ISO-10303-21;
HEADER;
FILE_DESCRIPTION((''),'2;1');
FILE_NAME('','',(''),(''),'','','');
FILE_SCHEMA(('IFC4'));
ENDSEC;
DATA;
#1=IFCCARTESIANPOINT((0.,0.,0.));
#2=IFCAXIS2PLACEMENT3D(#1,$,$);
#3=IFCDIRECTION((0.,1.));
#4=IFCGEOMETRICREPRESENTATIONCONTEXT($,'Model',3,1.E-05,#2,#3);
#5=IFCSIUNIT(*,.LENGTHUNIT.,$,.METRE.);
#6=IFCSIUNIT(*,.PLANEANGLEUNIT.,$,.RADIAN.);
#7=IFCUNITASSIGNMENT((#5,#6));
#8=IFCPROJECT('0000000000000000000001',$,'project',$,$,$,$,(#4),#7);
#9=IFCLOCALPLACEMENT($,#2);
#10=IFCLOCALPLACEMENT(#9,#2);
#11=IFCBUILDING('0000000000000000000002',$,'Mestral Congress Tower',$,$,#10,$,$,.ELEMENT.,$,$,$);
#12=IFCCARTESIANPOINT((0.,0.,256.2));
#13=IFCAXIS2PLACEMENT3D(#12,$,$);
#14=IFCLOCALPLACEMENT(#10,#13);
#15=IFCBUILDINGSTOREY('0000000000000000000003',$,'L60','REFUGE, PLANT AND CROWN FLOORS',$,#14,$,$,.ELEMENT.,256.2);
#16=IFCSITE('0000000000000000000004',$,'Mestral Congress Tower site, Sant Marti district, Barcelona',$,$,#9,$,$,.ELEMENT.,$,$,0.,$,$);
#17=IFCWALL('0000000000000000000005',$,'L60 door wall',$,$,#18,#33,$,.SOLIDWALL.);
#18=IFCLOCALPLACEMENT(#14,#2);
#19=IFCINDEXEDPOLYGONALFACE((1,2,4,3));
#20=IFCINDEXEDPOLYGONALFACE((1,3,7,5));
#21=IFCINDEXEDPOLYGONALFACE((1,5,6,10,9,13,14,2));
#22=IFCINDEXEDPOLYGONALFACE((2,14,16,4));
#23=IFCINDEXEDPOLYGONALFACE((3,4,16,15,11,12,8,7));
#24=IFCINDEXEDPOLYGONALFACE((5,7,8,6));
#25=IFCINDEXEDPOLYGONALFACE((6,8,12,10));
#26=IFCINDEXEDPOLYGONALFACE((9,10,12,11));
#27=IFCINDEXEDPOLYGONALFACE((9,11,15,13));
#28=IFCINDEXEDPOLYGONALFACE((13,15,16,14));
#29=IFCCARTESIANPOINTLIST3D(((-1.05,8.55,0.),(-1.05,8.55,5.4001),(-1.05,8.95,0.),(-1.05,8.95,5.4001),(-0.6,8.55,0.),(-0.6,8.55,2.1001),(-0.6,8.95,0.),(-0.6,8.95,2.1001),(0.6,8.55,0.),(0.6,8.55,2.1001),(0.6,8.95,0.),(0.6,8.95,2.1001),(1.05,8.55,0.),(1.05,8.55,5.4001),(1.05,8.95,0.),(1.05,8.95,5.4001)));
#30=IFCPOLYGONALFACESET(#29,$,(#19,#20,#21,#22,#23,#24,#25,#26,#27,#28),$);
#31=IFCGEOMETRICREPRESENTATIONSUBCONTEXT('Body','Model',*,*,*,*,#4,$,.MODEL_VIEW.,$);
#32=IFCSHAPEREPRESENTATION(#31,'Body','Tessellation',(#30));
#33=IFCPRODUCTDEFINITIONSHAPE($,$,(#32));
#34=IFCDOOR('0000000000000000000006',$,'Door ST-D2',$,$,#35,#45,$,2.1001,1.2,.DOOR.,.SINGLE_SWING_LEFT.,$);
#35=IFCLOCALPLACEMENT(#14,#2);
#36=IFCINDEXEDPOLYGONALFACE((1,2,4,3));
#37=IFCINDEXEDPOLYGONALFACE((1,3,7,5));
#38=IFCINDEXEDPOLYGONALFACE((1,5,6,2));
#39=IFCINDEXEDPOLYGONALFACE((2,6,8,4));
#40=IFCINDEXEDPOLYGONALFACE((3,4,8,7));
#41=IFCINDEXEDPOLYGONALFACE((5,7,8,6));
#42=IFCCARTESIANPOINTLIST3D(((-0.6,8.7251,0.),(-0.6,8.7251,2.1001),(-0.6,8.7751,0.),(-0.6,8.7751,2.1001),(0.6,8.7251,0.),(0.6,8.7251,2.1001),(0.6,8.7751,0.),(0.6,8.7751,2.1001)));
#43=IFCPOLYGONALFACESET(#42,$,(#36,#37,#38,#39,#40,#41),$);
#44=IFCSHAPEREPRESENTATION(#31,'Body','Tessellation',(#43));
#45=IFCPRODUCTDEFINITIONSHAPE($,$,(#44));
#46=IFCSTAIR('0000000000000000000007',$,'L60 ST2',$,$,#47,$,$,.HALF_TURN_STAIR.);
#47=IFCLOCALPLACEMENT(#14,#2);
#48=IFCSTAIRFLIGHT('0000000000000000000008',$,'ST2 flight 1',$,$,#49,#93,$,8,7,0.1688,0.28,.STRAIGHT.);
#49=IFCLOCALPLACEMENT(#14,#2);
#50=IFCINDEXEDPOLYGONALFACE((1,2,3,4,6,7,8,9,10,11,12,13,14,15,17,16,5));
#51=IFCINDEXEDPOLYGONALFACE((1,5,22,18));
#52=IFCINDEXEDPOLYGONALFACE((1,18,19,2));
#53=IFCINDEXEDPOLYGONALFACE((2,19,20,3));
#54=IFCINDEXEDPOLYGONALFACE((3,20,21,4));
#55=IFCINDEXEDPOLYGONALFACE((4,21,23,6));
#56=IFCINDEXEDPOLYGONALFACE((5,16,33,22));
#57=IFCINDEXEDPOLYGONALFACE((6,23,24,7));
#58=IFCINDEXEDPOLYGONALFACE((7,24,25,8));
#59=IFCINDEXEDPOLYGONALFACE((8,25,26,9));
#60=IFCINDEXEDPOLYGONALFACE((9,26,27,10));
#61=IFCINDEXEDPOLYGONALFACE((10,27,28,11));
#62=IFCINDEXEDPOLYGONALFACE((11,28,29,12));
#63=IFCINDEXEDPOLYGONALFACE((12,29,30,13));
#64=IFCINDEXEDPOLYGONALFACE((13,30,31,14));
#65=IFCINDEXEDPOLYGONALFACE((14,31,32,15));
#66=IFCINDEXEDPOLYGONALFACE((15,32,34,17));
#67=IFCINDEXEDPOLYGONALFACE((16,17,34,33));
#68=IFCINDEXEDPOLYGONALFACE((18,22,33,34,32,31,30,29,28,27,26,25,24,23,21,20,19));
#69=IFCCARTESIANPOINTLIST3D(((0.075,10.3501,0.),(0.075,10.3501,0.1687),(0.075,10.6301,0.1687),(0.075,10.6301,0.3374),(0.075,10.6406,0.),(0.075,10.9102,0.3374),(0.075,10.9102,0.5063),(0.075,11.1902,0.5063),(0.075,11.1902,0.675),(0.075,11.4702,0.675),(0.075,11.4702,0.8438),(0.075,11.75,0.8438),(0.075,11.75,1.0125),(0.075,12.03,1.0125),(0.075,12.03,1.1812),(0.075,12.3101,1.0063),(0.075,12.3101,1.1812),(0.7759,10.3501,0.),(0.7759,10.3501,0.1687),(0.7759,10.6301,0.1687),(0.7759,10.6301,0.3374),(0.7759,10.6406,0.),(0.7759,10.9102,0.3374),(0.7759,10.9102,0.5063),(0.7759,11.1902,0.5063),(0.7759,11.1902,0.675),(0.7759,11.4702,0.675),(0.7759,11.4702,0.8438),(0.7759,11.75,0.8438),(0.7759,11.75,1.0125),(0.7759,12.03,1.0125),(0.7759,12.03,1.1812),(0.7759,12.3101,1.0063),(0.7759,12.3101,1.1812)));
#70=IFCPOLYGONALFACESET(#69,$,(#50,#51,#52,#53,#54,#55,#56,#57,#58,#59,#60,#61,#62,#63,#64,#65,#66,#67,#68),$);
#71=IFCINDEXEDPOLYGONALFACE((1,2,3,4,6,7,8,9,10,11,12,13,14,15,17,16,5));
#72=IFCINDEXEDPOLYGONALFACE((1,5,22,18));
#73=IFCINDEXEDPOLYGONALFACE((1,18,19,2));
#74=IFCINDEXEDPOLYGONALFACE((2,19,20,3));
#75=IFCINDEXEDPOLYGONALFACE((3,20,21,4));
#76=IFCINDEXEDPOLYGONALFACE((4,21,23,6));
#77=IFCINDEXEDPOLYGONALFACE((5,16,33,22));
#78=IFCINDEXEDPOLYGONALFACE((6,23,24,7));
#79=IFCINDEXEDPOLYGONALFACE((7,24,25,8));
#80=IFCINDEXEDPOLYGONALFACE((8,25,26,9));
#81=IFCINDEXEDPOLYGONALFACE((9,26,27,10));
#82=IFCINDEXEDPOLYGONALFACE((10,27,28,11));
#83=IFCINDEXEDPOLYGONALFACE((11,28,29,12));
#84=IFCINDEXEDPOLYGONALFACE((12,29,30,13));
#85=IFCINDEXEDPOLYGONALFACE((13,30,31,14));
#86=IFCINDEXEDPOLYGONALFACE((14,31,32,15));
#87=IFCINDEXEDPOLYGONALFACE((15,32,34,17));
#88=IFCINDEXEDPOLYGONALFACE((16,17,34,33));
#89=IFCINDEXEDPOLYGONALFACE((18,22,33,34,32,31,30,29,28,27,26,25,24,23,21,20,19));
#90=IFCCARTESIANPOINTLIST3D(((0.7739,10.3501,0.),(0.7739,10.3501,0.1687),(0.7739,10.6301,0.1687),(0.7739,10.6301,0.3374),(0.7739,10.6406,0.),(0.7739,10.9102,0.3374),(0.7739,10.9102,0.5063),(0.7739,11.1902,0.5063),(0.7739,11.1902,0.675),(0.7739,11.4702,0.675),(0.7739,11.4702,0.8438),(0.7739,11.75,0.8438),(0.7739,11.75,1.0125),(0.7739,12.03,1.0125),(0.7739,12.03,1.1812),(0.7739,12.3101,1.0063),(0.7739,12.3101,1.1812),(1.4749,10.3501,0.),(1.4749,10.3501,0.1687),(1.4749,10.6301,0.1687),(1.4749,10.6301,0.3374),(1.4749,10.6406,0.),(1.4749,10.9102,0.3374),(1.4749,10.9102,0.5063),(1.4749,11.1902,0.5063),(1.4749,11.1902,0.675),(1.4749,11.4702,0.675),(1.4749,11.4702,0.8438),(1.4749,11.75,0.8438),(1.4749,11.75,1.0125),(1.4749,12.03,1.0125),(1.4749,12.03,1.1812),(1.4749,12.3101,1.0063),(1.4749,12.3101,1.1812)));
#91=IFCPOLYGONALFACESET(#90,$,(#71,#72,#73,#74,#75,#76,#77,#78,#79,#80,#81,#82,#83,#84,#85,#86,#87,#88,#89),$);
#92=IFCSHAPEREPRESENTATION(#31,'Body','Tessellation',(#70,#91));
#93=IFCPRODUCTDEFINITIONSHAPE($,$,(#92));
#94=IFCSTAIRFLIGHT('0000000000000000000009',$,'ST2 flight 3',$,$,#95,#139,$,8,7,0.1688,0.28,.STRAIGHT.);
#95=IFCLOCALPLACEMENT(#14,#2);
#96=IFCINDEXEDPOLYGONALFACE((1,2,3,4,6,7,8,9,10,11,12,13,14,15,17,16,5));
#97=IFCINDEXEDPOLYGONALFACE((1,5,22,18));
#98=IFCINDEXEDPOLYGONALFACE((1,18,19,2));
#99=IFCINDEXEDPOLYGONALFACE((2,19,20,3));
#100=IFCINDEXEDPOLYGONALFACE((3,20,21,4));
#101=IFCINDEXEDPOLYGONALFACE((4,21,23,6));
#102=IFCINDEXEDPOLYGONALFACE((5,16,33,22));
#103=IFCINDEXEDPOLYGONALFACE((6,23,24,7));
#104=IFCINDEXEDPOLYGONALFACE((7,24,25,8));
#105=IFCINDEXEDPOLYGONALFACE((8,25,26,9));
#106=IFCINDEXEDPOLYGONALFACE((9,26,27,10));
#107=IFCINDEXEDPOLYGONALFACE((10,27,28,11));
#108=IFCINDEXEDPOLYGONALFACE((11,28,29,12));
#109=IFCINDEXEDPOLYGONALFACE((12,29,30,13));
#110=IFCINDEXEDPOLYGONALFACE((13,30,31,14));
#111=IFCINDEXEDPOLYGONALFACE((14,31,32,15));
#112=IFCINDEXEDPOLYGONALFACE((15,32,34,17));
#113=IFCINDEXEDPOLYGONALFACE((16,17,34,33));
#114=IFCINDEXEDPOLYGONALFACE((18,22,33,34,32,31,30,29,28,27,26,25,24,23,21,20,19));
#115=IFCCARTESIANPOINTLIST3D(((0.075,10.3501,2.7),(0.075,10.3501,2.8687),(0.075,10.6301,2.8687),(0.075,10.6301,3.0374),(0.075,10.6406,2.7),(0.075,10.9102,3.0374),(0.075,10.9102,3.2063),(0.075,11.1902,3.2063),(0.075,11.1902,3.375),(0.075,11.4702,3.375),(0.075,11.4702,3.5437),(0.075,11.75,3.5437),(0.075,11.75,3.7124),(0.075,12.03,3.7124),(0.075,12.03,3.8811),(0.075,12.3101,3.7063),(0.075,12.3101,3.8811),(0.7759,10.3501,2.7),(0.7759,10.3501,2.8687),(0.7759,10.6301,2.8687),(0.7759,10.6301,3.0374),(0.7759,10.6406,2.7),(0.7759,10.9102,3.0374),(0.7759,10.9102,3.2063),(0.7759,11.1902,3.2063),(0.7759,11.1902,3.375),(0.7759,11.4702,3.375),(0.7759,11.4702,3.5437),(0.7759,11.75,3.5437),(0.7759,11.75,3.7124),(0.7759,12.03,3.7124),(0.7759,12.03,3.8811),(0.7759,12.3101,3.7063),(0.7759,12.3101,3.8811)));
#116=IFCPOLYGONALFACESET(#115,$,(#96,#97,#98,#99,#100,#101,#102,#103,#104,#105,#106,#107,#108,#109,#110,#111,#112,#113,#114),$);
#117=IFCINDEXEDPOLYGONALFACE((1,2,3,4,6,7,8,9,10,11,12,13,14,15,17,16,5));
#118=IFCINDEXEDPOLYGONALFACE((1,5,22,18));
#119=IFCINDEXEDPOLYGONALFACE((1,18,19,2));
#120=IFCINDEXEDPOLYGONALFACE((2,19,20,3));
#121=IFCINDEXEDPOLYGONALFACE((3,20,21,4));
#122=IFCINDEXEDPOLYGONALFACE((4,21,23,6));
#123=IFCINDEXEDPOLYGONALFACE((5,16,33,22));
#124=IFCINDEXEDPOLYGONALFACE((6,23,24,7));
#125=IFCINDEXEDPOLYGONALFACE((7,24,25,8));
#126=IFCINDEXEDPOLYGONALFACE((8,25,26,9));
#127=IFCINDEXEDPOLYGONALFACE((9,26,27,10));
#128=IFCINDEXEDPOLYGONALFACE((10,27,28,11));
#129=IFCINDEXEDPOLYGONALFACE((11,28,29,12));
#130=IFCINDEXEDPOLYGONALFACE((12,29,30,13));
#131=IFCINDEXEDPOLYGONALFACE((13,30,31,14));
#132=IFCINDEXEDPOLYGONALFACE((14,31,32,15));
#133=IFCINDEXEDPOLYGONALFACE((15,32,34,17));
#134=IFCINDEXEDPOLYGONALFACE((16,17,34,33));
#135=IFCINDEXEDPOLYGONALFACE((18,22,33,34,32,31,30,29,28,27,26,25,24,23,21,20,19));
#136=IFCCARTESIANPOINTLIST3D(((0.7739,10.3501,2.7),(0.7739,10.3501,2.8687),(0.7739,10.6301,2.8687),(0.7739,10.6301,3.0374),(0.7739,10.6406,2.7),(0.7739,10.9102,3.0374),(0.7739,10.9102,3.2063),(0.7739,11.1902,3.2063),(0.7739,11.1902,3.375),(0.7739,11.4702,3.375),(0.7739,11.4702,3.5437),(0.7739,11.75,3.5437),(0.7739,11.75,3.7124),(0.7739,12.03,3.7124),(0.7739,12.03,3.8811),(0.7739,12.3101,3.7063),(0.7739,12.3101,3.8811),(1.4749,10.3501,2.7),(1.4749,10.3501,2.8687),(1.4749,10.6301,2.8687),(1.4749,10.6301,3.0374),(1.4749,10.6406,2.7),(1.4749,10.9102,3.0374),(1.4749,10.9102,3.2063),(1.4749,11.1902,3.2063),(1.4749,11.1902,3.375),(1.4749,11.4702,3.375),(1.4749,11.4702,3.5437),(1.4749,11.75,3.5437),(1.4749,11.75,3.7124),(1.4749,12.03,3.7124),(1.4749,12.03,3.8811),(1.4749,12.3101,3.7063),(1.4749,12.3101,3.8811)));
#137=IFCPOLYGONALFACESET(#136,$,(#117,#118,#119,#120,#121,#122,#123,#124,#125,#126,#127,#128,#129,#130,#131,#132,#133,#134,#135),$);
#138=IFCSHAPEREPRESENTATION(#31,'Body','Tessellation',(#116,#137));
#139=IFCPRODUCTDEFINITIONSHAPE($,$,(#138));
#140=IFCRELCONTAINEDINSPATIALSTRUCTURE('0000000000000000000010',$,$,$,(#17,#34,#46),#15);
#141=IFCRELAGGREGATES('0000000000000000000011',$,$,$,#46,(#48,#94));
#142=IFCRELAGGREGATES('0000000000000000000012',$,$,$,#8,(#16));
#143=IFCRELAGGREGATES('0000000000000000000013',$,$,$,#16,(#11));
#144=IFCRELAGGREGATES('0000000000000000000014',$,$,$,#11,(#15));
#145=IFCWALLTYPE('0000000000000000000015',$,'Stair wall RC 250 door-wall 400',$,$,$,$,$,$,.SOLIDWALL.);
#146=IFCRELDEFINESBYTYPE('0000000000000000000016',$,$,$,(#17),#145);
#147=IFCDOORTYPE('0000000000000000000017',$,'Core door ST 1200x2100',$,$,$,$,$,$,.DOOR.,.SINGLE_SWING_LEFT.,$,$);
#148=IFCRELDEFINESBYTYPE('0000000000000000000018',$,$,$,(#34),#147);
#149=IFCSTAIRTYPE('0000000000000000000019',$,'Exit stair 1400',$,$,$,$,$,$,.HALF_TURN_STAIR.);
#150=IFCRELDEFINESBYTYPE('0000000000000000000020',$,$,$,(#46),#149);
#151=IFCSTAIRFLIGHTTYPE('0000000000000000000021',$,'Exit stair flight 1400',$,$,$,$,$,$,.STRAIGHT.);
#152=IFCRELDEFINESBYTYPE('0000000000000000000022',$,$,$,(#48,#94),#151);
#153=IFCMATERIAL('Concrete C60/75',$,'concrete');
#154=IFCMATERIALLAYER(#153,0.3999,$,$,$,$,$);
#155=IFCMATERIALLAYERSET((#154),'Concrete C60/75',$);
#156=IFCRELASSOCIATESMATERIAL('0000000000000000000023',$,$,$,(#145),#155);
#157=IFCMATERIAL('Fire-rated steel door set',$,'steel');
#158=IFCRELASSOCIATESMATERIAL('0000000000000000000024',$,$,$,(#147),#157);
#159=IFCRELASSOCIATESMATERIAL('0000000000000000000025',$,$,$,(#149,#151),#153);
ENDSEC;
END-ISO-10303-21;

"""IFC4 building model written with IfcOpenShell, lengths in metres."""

from ifc_helpers import new_model, si_unit, direction, frame, frame_2d, origin, place, context, subcontext, project, spatial, polyline, rectangle, outline, extrude, material, layer, layer_set, type_object, element, fill, aggregate, save


model = new_model("IFC4")

# Units and contexts
model_context = context("Model", 3, precision=1e-05, world=origin(), true_north=direction((0.0, 1.0)))
body_context = subcontext(model_context, "Body", "Model", "MODEL_VIEW")
ifc_project = project(units=[si_unit("LENGTHUNIT", "METRE"), si_unit("PLANEANGLEUNIT", "RADIAN")], contexts=[model_context])

# Site, building, storey
site_placement = place(None, origin())
site = spatial("IfcSite", under=ifc_project, at=site_placement, Name="Mestral Congress Tower site, Sant Marti district, Barcelona", CompositionType="ELEMENT", RefElevation=0.0)
building_placement = place(site_placement, origin())
building = spatial("IfcBuilding", under=site, at=building_placement, Name="Mestral Congress Tower", CompositionType="ELEMENT")
storey_placement = place(building_placement, frame((0.0, 0.0, 256.2)))
storey = spatial("IfcBuildingStorey", under=building, at=storey_placement, Name="L60", Description="REFUGE, PLANT AND CROWN FLOORS", CompositionType="ELEMENT", Elevation=256.2)

# Shared definitions
placement = place(storey_placement, origin())

# Shared definitions
ifc_material_1 = material(Name="Fire-rated steel door set", Category="steel")

# Shared definitions
ifc_material_2 = material(Name="Concrete C60/75", Category="concrete")

# Wall, opening, door
ifc_layer_1 = layer(ifc_material_2, 0.3999)
ifc_layer_set_1 = layer_set([ifc_layer_1], Name="Concrete C60/75")
wall_type_1 = type_object("IfcWallType", Name="Stair wall RC 250 door-wall 400", PredefinedType="SOLIDWALL", material=ifc_layer_set_1)
wall_1_placement = place(storey_placement, frame((1.05, 8.75, 0.0), z_axis=(0.0, 0.0, 1.0), x_axis=(-1.0, 0.0, 0.0)))
wall_1 = element("IfcWall", 1, at=wall_1_placement, inside=storey, type_object=wall_type_1, Name="L60 door wall", PredefinedType="SOLIDWALL", context=body_context, shape_type="SweptSolid", body=[
    extrude(rectangle(XDim=2.1001, YDim=0.3999, at=frame_2d((1.05, 0.0))), origin(), (0.0, 0.0, 1.0), 5.4001),
])
opening_1_placement = place(wall_1_placement, frame((0.45, 0.0, 0.0)))
opening_1 = element("IfcOpeningElement", 2, at=opening_1_placement, cuts=wall_1, PredefinedType="OPENING", context=body_context, shape_type="SweptSolid", body=[
    extrude(rectangle(XDim=1.2, YDim=2.1001, at=frame_2d((0.6001, 1.05))), frame((0.0, 0.21, 0.0), z_axis=(0.0, -1.0, 0.0), x_axis=(1.0, 0.0, 0.0)), (0.0, 0.0, 1.0), 0.4199),
])
door_type_1 = type_object("IfcDoorType", Name="Core door ST 1200x2100", OperationType="SINGLE_SWING_LEFT", PredefinedType="DOOR", material=ifc_material_1)
door_1_placement = place(opening_1_placement, origin())
door_1 = element("IfcDoor", 3, at=door_1_placement, inside=storey, type_object=door_type_1, Name="Door ST-D2", OperationType="SINGLE_SWING_LEFT", OverallHeight=2.1001, OverallWidth=1.2, PredefinedType="DOOR", context=body_context, shape_type="SweptSolid", body=[
    extrude(rectangle(XDim=1.2, YDim=2.1001, at=frame_2d((0.6001, 1.05))), frame((0.0, 0.0249, 0.0), z_axis=(0.0, -1.0, 0.0), x_axis=(1.0, 0.0, 0.0)), (0.0, 0.0, 1.0), 0.05),
])
fill(opening_1, door_1)

# Stair, stair flights
stair_type = type_object("IfcStairType", Name="Exit stair 1400", PredefinedType="HALF_TURN_STAIR", material=ifc_material_2)
stair = element("IfcStair", 4, at=placement, inside=storey, type_object=stair_type, Name="L60 ST2", PredefinedType="HALF_TURN_STAIR")
stair_flight_type = type_object("IfcStairFlightType", Name="Exit stair flight 1400", PredefinedType="STRAIGHT", material=ifc_material_2)
stair_flight_1_placement = place(storey_placement, frame((0.7749, 10.3501, 0.0), z_axis=(0.0, 0.0, 1.0), x_axis=(0.0, 1.0, 0.0)))
stair_flight_1 = element("IfcStairFlight", 5, at=stair_flight_1_placement, type_object=stair_flight_type, Name="ST2 flight 1", NumberOfRisers=8, NumberOfTreads=7, PredefinedType="STRAIGHT", RiserHeight=0.1688, TreadLength=0.28, context=body_context, shape_type="SweptSolid", body=[
    extrude(outline(polyline([(0.0, 0.0), (0.0, 0.1687), (0.28, 0.1687), (0.28, 0.3374), (0.5601, 0.3374), (0.5601, 0.5063), (0.8401, 0.5063), (0.8401, 0.675), (1.1201, 0.675), (1.1201, 0.8438), (1.3999, 0.8438), (1.3999, 1.0125), (1.6799, 1.0125), (1.6799, 1.1812), (1.96, 1.1812), (1.96, 1.3501), (1.96, 1.0063), (0.2905, 0.0), (0.0, 0.0)])), frame((0.0, 0.7, 0.0), z_axis=(0.0, -1.0, 0.0), x_axis=(1.0, 0.0, 0.0)), (0.0, 0.0, 1.0), 0.7009),
    extrude(outline(polyline([(0.0, 0.0), (0.0, 0.1687), (0.28, 0.1687), (0.28, 0.3374), (0.5601, 0.3374), (0.5601, 0.5063), (0.8401, 0.5063), (0.8401, 0.675), (1.1201, 0.675), (1.1201, 0.8438), (1.3999, 0.8438), (1.3999, 1.0125), (1.6799, 1.0125), (1.6799, 1.1812), (1.96, 1.1812), (1.96, 1.3501), (1.96, 1.0063), (0.2905, 0.0), (0.0, 0.0)])), frame((0.0, 0.001, 0.0), z_axis=(0.0, -1.0, 0.0), x_axis=(1.0, 0.0, 0.0)), (0.0, 0.0, 1.0), 0.7009),
])
stair_flight_2_placement = place(storey_placement, frame((0.7749, 10.3501, 2.7), z_axis=(0.0, 0.0, 1.0), x_axis=(0.0, 1.0, 0.0)))
stair_flight_2 = element("IfcStairFlight", 6, at=stair_flight_2_placement, type_object=stair_flight_type, Name="ST2 flight 3", NumberOfRisers=8, NumberOfTreads=7, PredefinedType="STRAIGHT", RiserHeight=0.1688, TreadLength=0.28, context=body_context, shape_type="SweptSolid", body=[
    extrude(outline(polyline([(0.0, 0.0), (0.0, 0.1687), (0.28, 0.1687), (0.28, 0.3374), (0.5601, 0.3374), (0.5601, 0.5063), (0.8401, 0.5063), (0.8401, 0.675), (1.1201, 0.675), (1.1201, 0.8438), (1.3999, 0.8438), (1.3999, 1.0125), (1.6799, 1.0125), (1.6799, 1.1812), (1.96, 1.1812), (1.96, 1.3501), (1.96, 1.0063), (0.2905, 0.0), (0.0, 0.0)])), frame((0.0, 0.7, 0.0), z_axis=(0.0, -1.0, 0.0), x_axis=(1.0, 0.0, 0.0)), (0.0, 0.0, 1.0), 0.7009),
    extrude(outline(polyline([(0.0, 0.0), (0.0, 0.1687), (0.28, 0.1687), (0.28, 0.3374), (0.5601, 0.3374), (0.5601, 0.5063), (0.8401, 0.5063), (0.8401, 0.675), (1.1201, 0.675), (1.1201, 0.8438), (1.3999, 0.8438), (1.3999, 1.0125), (1.6799, 1.0125), (1.6799, 1.1812), (1.96, 1.1812), (1.96, 1.3501), (1.96, 1.0063), (0.2905, 0.0), (0.0, 0.0)])), frame((0.0, 0.001, 0.0), z_axis=(0.0, -1.0, 0.0), x_axis=(1.0, 0.0, 0.0)), (0.0, 0.0, 1.0), 0.7009),
])
aggregate(stair, [stair_flight_1, stair_flight_2])

save(model, "model.ifc")
